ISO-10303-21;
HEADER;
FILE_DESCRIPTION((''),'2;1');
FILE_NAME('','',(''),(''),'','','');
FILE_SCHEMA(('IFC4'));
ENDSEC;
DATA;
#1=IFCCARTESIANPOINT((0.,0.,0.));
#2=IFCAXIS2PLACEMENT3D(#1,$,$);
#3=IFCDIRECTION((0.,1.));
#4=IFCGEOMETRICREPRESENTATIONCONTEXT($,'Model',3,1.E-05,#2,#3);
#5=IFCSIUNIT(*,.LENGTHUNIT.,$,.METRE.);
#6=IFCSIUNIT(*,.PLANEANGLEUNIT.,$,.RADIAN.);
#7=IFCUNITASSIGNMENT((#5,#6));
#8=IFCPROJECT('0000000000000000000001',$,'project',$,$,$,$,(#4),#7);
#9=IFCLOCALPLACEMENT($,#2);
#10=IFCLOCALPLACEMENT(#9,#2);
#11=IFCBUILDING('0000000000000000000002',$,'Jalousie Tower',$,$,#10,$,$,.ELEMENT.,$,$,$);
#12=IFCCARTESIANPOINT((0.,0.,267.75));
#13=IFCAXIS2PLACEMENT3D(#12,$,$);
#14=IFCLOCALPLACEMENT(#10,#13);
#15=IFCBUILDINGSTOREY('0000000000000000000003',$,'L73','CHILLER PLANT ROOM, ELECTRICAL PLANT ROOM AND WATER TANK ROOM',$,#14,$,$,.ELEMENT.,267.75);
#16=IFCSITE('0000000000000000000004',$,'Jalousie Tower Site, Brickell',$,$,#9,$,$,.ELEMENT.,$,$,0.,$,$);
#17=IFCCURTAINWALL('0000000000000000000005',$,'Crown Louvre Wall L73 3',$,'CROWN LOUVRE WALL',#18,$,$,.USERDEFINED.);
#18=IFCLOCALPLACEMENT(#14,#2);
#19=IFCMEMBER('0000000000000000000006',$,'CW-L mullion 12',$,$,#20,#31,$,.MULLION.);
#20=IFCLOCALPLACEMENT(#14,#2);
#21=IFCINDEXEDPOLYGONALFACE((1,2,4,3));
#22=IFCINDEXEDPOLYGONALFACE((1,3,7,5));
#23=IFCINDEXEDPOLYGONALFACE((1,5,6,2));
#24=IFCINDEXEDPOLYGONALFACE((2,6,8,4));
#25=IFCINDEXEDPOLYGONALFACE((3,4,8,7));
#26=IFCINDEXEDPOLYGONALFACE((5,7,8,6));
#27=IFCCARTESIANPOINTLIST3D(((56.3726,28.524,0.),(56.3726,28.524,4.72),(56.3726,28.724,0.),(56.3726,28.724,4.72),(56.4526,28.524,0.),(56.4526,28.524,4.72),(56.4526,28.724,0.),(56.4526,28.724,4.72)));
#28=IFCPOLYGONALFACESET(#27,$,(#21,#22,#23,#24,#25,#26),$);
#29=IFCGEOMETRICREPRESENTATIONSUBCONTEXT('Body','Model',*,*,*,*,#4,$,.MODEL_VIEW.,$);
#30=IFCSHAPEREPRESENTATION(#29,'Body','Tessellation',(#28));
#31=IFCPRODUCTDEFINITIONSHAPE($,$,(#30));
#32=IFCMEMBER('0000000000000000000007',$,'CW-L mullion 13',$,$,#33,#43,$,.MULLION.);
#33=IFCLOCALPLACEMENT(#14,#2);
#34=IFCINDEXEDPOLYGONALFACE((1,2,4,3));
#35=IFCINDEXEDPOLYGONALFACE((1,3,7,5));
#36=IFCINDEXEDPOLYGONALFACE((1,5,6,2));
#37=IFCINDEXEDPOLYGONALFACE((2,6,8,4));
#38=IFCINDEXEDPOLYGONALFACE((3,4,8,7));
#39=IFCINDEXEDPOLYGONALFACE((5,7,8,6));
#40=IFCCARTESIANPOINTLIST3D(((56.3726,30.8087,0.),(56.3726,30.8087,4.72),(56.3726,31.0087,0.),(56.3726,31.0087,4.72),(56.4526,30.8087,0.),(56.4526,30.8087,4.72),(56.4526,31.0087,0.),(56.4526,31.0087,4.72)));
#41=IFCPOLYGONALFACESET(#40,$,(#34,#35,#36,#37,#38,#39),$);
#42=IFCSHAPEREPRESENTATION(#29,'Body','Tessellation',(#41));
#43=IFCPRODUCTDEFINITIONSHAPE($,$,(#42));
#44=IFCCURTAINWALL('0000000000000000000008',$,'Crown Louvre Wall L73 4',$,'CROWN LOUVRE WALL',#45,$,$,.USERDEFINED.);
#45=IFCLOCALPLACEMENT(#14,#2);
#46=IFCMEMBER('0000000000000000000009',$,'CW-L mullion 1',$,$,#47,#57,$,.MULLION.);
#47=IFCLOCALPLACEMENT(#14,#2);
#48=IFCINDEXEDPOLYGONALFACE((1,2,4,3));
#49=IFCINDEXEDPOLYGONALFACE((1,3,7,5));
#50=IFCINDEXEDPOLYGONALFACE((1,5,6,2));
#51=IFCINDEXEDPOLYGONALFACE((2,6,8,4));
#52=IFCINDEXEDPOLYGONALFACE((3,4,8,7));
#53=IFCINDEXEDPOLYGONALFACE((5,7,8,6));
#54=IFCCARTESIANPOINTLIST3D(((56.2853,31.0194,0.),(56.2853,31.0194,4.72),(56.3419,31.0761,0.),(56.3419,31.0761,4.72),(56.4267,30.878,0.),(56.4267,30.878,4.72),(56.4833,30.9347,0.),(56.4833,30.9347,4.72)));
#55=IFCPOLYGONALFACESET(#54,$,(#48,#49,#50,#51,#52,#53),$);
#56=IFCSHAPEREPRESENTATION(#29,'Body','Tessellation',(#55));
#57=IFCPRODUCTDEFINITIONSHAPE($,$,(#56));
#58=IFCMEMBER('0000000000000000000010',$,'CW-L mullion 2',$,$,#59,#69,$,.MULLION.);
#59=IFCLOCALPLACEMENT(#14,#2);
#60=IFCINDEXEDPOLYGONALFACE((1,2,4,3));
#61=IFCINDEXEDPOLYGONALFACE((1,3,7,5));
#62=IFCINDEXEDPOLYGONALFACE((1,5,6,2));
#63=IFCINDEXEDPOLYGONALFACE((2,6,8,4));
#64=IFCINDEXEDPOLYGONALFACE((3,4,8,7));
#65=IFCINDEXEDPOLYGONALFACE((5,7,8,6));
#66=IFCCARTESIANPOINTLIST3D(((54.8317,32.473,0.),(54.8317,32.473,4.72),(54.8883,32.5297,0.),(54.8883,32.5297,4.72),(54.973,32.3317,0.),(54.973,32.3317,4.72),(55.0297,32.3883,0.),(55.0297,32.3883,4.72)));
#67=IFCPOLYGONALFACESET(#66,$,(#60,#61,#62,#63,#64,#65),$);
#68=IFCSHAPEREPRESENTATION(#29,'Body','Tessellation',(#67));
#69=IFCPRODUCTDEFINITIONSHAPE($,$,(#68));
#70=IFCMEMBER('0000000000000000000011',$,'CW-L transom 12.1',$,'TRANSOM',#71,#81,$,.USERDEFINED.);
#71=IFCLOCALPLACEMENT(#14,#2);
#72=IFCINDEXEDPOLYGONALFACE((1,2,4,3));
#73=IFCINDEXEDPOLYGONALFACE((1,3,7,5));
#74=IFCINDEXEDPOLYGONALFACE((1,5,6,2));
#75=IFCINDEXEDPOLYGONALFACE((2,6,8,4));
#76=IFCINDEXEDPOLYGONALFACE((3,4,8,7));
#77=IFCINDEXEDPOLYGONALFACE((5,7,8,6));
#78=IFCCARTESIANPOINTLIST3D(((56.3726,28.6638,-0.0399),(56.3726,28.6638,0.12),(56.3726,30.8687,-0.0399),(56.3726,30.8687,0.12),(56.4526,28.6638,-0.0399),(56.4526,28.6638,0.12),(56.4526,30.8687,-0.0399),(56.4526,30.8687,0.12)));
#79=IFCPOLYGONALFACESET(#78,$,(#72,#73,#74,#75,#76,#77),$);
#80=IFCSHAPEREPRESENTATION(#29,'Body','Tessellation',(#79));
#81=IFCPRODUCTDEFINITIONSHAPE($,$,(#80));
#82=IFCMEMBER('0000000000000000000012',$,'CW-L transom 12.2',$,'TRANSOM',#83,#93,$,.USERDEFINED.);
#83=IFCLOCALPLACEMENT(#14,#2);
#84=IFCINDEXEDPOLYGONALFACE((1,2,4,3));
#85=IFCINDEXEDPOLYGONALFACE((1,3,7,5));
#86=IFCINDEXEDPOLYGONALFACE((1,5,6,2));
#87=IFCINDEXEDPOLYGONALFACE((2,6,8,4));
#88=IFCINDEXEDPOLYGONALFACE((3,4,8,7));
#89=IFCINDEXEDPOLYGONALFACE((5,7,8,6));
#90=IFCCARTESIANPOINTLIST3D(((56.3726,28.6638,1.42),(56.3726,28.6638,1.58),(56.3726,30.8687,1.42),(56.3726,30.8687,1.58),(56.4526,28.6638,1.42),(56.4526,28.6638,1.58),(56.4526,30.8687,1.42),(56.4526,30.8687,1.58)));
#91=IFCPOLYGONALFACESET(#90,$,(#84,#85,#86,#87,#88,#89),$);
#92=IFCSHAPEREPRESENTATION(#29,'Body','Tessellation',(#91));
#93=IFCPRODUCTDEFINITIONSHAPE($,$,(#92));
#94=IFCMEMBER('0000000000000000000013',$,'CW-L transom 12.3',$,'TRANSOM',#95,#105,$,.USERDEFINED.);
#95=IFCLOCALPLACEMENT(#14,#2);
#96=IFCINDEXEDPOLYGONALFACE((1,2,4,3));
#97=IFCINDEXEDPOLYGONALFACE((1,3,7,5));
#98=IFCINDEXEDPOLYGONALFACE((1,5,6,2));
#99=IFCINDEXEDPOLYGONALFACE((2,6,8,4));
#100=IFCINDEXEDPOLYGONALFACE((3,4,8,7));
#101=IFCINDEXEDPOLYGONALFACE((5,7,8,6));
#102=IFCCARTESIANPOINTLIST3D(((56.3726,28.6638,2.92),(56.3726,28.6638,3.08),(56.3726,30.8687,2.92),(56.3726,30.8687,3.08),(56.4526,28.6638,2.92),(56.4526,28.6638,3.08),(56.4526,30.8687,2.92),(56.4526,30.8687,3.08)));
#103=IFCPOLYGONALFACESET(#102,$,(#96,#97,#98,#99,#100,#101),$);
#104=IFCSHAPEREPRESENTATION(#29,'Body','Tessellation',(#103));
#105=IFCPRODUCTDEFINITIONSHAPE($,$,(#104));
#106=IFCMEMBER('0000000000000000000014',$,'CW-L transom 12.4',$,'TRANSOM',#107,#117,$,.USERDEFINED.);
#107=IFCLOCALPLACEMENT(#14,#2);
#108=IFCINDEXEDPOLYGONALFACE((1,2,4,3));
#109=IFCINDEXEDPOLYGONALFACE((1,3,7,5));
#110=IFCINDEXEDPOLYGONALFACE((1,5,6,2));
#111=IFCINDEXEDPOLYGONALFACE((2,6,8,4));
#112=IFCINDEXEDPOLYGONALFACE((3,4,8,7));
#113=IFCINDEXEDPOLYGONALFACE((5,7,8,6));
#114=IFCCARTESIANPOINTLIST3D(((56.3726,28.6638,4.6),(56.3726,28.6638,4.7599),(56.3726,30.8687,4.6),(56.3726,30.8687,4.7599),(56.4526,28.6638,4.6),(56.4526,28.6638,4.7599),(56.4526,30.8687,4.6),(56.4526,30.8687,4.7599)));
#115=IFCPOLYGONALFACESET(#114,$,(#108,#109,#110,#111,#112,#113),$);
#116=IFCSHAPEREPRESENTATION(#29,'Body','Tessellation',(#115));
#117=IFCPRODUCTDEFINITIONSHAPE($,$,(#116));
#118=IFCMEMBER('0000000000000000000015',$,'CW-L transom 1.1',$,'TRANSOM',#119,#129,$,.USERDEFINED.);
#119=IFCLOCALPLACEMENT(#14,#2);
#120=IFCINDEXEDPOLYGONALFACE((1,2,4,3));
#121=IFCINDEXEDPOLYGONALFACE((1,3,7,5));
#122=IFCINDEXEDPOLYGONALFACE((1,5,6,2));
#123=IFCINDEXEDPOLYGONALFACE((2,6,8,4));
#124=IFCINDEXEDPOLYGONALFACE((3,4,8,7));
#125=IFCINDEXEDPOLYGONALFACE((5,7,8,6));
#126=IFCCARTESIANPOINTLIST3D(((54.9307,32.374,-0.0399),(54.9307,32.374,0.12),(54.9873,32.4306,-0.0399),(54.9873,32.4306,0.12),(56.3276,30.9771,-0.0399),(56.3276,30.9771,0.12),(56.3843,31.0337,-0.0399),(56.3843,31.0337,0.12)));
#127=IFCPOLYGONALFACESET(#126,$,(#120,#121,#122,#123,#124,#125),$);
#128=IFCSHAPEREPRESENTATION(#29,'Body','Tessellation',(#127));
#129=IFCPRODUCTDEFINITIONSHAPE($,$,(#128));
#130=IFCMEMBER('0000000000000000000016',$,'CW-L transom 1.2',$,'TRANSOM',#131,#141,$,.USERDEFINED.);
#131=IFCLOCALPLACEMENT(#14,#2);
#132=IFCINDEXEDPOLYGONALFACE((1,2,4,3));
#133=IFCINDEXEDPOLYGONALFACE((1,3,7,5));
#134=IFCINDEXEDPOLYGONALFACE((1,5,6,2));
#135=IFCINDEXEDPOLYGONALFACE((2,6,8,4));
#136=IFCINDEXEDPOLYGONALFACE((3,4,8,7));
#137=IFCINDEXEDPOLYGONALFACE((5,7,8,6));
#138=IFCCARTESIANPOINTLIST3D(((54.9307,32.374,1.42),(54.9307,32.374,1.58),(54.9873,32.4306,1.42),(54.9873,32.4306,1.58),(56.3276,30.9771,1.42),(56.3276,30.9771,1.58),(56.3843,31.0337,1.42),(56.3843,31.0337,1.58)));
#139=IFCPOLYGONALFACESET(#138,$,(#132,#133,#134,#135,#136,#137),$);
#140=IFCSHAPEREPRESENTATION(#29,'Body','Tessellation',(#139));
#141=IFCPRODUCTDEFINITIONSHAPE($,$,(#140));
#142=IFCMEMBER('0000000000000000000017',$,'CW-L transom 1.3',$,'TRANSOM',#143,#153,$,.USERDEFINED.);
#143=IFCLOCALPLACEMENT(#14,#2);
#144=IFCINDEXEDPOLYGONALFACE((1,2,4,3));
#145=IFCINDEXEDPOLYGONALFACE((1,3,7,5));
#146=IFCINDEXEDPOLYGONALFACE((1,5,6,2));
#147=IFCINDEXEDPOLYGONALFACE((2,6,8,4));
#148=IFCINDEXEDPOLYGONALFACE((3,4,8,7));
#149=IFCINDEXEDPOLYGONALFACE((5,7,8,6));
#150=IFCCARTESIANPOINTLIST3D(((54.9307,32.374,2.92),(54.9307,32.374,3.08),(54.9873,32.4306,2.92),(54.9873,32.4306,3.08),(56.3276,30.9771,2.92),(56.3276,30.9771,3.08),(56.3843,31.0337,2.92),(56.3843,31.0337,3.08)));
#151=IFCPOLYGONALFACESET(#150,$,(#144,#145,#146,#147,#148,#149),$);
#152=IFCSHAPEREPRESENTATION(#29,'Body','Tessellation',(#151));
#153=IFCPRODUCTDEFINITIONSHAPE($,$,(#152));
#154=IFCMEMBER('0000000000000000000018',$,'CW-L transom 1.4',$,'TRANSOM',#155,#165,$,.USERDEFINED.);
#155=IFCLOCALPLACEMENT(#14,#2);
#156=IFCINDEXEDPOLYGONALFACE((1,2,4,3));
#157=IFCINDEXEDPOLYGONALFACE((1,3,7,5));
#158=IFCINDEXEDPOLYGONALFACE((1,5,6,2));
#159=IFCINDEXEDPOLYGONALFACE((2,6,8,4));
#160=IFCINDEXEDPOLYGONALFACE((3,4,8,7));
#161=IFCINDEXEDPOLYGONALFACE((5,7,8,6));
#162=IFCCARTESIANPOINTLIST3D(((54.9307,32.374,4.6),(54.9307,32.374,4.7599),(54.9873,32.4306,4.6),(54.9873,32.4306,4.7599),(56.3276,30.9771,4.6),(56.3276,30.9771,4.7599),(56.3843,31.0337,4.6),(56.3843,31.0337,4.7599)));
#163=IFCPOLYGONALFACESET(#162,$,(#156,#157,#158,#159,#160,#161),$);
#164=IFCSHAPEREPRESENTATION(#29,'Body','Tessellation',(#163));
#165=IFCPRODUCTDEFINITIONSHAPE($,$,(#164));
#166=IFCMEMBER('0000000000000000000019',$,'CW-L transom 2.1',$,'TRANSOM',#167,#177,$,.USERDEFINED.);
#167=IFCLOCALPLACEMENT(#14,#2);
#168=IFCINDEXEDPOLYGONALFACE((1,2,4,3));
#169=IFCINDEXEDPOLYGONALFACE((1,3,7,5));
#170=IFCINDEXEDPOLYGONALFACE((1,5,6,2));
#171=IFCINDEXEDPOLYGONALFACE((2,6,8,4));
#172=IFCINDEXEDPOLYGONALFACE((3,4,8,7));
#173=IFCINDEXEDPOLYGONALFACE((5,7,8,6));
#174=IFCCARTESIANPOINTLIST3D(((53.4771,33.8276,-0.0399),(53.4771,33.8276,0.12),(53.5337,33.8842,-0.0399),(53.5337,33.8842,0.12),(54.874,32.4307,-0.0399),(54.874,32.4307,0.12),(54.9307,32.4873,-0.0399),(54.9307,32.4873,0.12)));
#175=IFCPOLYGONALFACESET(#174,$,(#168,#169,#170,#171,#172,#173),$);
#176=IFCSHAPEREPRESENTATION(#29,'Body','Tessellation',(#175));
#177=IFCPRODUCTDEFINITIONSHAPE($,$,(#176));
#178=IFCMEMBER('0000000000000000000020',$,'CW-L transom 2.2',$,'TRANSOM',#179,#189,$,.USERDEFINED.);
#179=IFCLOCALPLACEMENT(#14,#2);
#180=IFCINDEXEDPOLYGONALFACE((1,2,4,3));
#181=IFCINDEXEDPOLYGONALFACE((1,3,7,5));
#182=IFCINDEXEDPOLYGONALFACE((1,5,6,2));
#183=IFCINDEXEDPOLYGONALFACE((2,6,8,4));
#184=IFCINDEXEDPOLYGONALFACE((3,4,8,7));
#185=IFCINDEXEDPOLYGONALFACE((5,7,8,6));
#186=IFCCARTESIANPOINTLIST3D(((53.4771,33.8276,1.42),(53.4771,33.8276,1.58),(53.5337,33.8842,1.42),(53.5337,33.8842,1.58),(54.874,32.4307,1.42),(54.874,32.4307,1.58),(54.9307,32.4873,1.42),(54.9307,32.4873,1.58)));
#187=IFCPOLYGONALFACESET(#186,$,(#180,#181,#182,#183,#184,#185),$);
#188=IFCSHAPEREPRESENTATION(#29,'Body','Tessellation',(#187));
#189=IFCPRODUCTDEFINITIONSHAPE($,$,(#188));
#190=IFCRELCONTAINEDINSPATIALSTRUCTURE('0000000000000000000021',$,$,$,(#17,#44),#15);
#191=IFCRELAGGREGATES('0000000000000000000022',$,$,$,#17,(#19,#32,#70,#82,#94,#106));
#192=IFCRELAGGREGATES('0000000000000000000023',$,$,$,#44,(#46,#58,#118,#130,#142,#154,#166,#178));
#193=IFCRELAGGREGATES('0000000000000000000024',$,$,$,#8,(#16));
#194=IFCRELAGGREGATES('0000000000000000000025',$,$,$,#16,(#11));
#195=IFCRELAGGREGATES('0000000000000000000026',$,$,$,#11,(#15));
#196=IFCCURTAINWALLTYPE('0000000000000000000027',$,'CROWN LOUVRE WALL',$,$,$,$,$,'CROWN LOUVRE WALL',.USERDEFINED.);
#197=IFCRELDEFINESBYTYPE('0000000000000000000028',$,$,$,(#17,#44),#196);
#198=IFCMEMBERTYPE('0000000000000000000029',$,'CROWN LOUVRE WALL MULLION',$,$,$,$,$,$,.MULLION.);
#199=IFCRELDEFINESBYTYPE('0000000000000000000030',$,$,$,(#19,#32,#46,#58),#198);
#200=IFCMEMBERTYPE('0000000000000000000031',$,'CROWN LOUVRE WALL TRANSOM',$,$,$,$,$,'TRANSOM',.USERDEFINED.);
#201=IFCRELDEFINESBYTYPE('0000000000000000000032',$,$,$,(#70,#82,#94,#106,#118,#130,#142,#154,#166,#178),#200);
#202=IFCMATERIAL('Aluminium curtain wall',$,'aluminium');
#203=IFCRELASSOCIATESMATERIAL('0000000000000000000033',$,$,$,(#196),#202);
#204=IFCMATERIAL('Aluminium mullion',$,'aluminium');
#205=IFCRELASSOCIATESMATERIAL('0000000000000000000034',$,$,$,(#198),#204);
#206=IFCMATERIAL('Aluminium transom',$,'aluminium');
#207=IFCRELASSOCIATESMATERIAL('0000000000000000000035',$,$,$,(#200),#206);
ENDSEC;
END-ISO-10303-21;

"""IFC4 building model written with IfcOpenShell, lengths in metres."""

from ifc_helpers import new_model, si_unit, direction, frame, origin, origin_2d, place, context, subcontext, project, spatial, rectangle, extrude, material, material_profile, profile_set, type_object, element, aggregate, save


model = new_model("IFC4")

# Units and contexts
model_context = context("Model", 3, precision=1e-05, world=origin(), true_north=direction((0.0, 1.0)))
body_context = subcontext(model_context, "Body", "Model", "MODEL_VIEW")
ifc_project = project(units=[si_unit("LENGTHUNIT", "METRE"), si_unit("PLANEANGLEUNIT", "RADIAN")], contexts=[model_context])

# Site, building, storey
site_placement = place(None, origin())
site = spatial("IfcSite", under=ifc_project, at=site_placement, Name="Jalousie Tower Site, Brickell", CompositionType="ELEMENT", RefElevation=0.0)
building_placement = place(site_placement, origin())
building = spatial("IfcBuilding", under=site, at=building_placement, Name="Jalousie Tower", CompositionType="ELEMENT")
storey_placement = place(building_placement, frame((0.0, 0.0, 267.75)))
storey = spatial("IfcBuildingStorey", under=building, at=storey_placement, Name="L73", Description="CHILLER PLANT ROOM, ELECTRICAL PLANT ROOM AND WATER TANK ROOM", CompositionType="ELEMENT", Elevation=267.75)

# Curtain walls, members
ifc_material_1 = material(Name="Aluminium curtain wall", Category="aluminium")
curtain_wall_type = type_object("IfcCurtainWallType", Name="CROWN LOUVRE WALL", ElementType="CROWN LOUVRE WALL", PredefinedType="USERDEFINED", material=ifc_material_1)
curtain_wall_1_placement = place(storey_placement, origin())
curtain_wall_1 = element("IfcCurtainWall", 1, at=curtain_wall_1_placement, inside=storey, type_object=curtain_wall_type, Name="Crown Louvre Wall L73 3", ObjectType="CROWN LOUVRE WALL", PredefinedType="USERDEFINED")
ifc_material_2 = material(Name="Aluminium mullion", Category="aluminium")
ifc_material_profile_1 = material_profile(ifc_material_2, rectangle(XDim=0.0801, YDim=0.2, at=origin_2d()), Name="MULLION 80x200")
ifc_profile_set_1 = profile_set([ifc_material_profile_1], Name="Aluminium mullion")
member_type_1 = type_object("IfcMemberType", Name="CROWN LOUVRE WALL MULLION", PredefinedType="MULLION", material=ifc_profile_set_1)
member_1_placement = place(storey_placement, frame((56.4126, 28.624, 0.0), z_axis=(0.0, 0.0, 1.0), x_axis=(-1.0, 0.0, 0.0)))
member_1 = element("IfcMember", 2, at=member_1_placement, type_object=member_type_1, Name="CW-L mullion 12", PredefinedType="MULLION", context=body_context, shape_type="SweptSolid", body=[
    extrude(rectangle(XDim=0.0801, YDim=0.2, at=origin_2d()), origin(), (0.0, 0.0, 1.0), 4.72),
])
member_2_placement = place(storey_placement, frame((56.4126, 30.9087, 0.0), z_axis=(0.0, 0.0, 1.0), x_axis=(-1.0, 0.0, 0.0)))
member_2 = element("IfcMember", 3, at=member_2_placement, type_object=member_type_1, Name="CW-L mullion 13", PredefinedType="MULLION", context=body_context, shape_type="SweptSolid", body=[
    extrude(rectangle(XDim=0.0801, YDim=0.2, at=origin_2d()), origin(), (0.0, 0.0, 1.0), 4.72),
])
curtain_wall_2_placement = place(storey_placement, origin())
curtain_wall_2 = element("IfcCurtainWall", 4, at=curtain_wall_2_placement, inside=storey, type_object=curtain_wall_type, Name="Crown Louvre Wall L73 4", ObjectType="CROWN LOUVRE WALL", PredefinedType="USERDEFINED")
member_3_placement = place(storey_placement, frame((56.3843, 30.9771, 0.0), z_axis=(0.0, 0.0, 1.0), x_axis=(-0.707107, -0.707107, 0.0)))
member_3 = element("IfcMember", 5, at=member_3_placement, type_object=member_type_1, Name="CW-L mullion 1", PredefinedType="MULLION", context=body_context, shape_type="SweptSolid", body=[
    extrude(rectangle(XDim=0.0801, YDim=0.2, at=origin_2d()), origin(), (0.0, 0.0, 1.0), 4.72),
])
member_4_placement = place(storey_placement, frame((54.9307, 32.4307, 0.0), z_axis=(0.0, 0.0, 1.0), x_axis=(-0.707107, -0.707107, 0.0)))
member_4 = element("IfcMember", 6, at=member_4_placement, type_object=member_type_1, Name="CW-L mullion 2", PredefinedType="MULLION", context=body_context, shape_type="SweptSolid", body=[
    extrude(rectangle(XDim=0.0801, YDim=0.2, at=origin_2d()), origin(), (0.0, 0.0, 1.0), 4.72),
])

# Members
ifc_material_3 = material(Name="Aluminium transom", Category="aluminium")
ifc_material_profile_2 = material_profile(ifc_material_3, rectangle(XDim=0.0801, YDim=0.1599, at=origin_2d()), Name="TRANSOM 80x160")
ifc_profile_set_2 = profile_set([ifc_material_profile_2], Name="Aluminium transom")
member_type_2 = type_object("IfcMemberType", Name="CROWN LOUVRE WALL TRANSOM", ElementType="TRANSOM", PredefinedType="USERDEFINED", material=ifc_profile_set_2)
member_5_placement = place(storey_placement, frame((56.4126, 28.6638, 0.04), z_axis=(0.0, 1.0, 0.0), x_axis=(-1.0, 0.0, 0.0)))
member_5 = element("IfcMember", 7, at=member_5_placement, type_object=member_type_2, Name="CW-L transom 12.1", ObjectType="TRANSOM", PredefinedType="USERDEFINED", context=body_context, shape_type="SweptSolid", body=[
    extrude(rectangle(XDim=0.0801, YDim=0.1599, at=origin_2d()), origin(), (0.0, 0.0, 1.0), 2.2048),
])
member_6_placement = place(storey_placement, frame((56.4126, 28.6638, 1.5), z_axis=(0.0, 1.0, 0.0), x_axis=(-1.0, 0.0, 0.0)))
member_6 = element("IfcMember", 8, at=member_6_placement, type_object=member_type_2, Name="CW-L transom 12.2", ObjectType="TRANSOM", PredefinedType="USERDEFINED", context=body_context, shape_type="SweptSolid", body=[
    extrude(rectangle(XDim=0.0801, YDim=0.1599, at=origin_2d()), origin(), (0.0, 0.0, 1.0), 2.2048),
])
member_7_placement = place(storey_placement, frame((56.4126, 28.6638, 3.0), z_axis=(0.0, 1.0, 0.0), x_axis=(-1.0, 0.0, 0.0)))
member_7 = element("IfcMember", 9, at=member_7_placement, type_object=member_type_2, Name="CW-L transom 12.3", ObjectType="TRANSOM", PredefinedType="USERDEFINED", context=body_context, shape_type="SweptSolid", body=[
    extrude(rectangle(XDim=0.0801, YDim=0.1599, at=origin_2d()), origin(), (0.0, 0.0, 1.0), 2.2048),
])
member_8_placement = place(storey_placement, frame((56.4126, 28.6638, 4.6799), z_axis=(0.0, 1.0, 0.0), x_axis=(-1.0, 0.0, 0.0)))
member_8 = element("IfcMember", 10, at=member_8_placement, type_object=member_type_2, Name="CW-L transom 12.4", ObjectType="TRANSOM", PredefinedType="USERDEFINED", context=body_context, shape_type="SweptSolid", body=[
    extrude(rectangle(XDim=0.0801, YDim=0.1599, at=origin_2d()), origin(), (0.0, 0.0, 1.0), 2.2048),
])
member_9_placement = place(storey_placement, frame((56.356, 31.0054, 0.04), z_axis=(-0.707107, 0.707107, 0.0), x_axis=(-0.707107, -0.707107, 0.0)))
member_9 = element("IfcMember", 11, at=member_9_placement, type_object=member_type_2, Name="CW-L transom 1.1", ObjectType="TRANSOM", PredefinedType="USERDEFINED", context=body_context, shape_type="SweptSolid", body=[
    extrude(rectangle(XDim=0.0801, YDim=0.1599, at=origin_2d()), origin(), (0.0, 0.0, 1.0), 1.9756),
])
member_10_placement = place(storey_placement, frame((56.356, 31.0054, 1.5), z_axis=(-0.707107, 0.707107, 0.0), x_axis=(-0.707107, -0.707107, 0.0)))
member_10 = element("IfcMember", 12, at=member_10_placement, type_object=member_type_2, Name="CW-L transom 1.2", ObjectType="TRANSOM", PredefinedType="USERDEFINED", context=body_context, shape_type="SweptSolid", body=[
    extrude(rectangle(XDim=0.0801, YDim=0.1599, at=origin_2d()), origin(), (0.0, 0.0, 1.0), 1.9756),
])
member_11_placement = place(storey_placement, frame((56.356, 31.0054, 3.0), z_axis=(-0.707107, 0.707107, 0.0), x_axis=(-0.707107, -0.707107, 0.0)))
member_11 = element("IfcMember", 13, at=member_11_placement, type_object=member_type_2, Name="CW-L transom 1.3", ObjectType="TRANSOM", PredefinedType="USERDEFINED", context=body_context, shape_type="SweptSolid", body=[
    extrude(rectangle(XDim=0.0801, YDim=0.1599, at=origin_2d()), origin(), (0.0, 0.0, 1.0), 1.9756),
])
member_12_placement = place(storey_placement, frame((56.356, 31.0054, 4.6799), z_axis=(-0.707107, 0.707107, 0.0), x_axis=(-0.707107, -0.707107, 0.0)))
member_12 = element("IfcMember", 14, at=member_12_placement, type_object=member_type_2, Name="CW-L transom 1.4", ObjectType="TRANSOM", PredefinedType="USERDEFINED", context=body_context, shape_type="SweptSolid", body=[
    extrude(rectangle(XDim=0.0801, YDim=0.1599, at=origin_2d()), origin(), (0.0, 0.0, 1.0), 1.9756),
])
member_13_placement = place(storey_placement, frame((54.9023, 32.459, 0.04), z_axis=(-0.707107, 0.707107, 0.0), x_axis=(-0.707107, -0.707107, 0.0)))
member_13 = element("IfcMember", 15, at=member_13_placement, type_object=member_type_2, Name="CW-L transom 2.1", ObjectType="TRANSOM", PredefinedType="USERDEFINED", context=body_context, shape_type="SweptSolid", body=[
    extrude(rectangle(XDim=0.0801, YDim=0.1599, at=origin_2d()), origin(), (0.0, 0.0, 1.0), 1.9756),
])
member_14_placement = place(storey_placement, frame((54.9023, 32.459, 1.5), z_axis=(-0.707107, 0.707107, 0.0), x_axis=(-0.707107, -0.707107, 0.0)))
member_14 = element("IfcMember", 16, at=member_14_placement, type_object=member_type_2, Name="CW-L transom 2.2", ObjectType="TRANSOM", PredefinedType="USERDEFINED", context=body_context, shape_type="SweptSolid", body=[
    extrude(rectangle(XDim=0.0801, YDim=0.1599, at=origin_2d()), origin(), (0.0, 0.0, 1.0), 1.9756),
])

aggregate(curtain_wall_1, [member_1, member_2, member_5, member_6, member_7, member_8])
aggregate(curtain_wall_2, [member_3, member_4, member_9, member_10, member_11, member_12, member_13, member_14])

save(model, "model.ifc")
